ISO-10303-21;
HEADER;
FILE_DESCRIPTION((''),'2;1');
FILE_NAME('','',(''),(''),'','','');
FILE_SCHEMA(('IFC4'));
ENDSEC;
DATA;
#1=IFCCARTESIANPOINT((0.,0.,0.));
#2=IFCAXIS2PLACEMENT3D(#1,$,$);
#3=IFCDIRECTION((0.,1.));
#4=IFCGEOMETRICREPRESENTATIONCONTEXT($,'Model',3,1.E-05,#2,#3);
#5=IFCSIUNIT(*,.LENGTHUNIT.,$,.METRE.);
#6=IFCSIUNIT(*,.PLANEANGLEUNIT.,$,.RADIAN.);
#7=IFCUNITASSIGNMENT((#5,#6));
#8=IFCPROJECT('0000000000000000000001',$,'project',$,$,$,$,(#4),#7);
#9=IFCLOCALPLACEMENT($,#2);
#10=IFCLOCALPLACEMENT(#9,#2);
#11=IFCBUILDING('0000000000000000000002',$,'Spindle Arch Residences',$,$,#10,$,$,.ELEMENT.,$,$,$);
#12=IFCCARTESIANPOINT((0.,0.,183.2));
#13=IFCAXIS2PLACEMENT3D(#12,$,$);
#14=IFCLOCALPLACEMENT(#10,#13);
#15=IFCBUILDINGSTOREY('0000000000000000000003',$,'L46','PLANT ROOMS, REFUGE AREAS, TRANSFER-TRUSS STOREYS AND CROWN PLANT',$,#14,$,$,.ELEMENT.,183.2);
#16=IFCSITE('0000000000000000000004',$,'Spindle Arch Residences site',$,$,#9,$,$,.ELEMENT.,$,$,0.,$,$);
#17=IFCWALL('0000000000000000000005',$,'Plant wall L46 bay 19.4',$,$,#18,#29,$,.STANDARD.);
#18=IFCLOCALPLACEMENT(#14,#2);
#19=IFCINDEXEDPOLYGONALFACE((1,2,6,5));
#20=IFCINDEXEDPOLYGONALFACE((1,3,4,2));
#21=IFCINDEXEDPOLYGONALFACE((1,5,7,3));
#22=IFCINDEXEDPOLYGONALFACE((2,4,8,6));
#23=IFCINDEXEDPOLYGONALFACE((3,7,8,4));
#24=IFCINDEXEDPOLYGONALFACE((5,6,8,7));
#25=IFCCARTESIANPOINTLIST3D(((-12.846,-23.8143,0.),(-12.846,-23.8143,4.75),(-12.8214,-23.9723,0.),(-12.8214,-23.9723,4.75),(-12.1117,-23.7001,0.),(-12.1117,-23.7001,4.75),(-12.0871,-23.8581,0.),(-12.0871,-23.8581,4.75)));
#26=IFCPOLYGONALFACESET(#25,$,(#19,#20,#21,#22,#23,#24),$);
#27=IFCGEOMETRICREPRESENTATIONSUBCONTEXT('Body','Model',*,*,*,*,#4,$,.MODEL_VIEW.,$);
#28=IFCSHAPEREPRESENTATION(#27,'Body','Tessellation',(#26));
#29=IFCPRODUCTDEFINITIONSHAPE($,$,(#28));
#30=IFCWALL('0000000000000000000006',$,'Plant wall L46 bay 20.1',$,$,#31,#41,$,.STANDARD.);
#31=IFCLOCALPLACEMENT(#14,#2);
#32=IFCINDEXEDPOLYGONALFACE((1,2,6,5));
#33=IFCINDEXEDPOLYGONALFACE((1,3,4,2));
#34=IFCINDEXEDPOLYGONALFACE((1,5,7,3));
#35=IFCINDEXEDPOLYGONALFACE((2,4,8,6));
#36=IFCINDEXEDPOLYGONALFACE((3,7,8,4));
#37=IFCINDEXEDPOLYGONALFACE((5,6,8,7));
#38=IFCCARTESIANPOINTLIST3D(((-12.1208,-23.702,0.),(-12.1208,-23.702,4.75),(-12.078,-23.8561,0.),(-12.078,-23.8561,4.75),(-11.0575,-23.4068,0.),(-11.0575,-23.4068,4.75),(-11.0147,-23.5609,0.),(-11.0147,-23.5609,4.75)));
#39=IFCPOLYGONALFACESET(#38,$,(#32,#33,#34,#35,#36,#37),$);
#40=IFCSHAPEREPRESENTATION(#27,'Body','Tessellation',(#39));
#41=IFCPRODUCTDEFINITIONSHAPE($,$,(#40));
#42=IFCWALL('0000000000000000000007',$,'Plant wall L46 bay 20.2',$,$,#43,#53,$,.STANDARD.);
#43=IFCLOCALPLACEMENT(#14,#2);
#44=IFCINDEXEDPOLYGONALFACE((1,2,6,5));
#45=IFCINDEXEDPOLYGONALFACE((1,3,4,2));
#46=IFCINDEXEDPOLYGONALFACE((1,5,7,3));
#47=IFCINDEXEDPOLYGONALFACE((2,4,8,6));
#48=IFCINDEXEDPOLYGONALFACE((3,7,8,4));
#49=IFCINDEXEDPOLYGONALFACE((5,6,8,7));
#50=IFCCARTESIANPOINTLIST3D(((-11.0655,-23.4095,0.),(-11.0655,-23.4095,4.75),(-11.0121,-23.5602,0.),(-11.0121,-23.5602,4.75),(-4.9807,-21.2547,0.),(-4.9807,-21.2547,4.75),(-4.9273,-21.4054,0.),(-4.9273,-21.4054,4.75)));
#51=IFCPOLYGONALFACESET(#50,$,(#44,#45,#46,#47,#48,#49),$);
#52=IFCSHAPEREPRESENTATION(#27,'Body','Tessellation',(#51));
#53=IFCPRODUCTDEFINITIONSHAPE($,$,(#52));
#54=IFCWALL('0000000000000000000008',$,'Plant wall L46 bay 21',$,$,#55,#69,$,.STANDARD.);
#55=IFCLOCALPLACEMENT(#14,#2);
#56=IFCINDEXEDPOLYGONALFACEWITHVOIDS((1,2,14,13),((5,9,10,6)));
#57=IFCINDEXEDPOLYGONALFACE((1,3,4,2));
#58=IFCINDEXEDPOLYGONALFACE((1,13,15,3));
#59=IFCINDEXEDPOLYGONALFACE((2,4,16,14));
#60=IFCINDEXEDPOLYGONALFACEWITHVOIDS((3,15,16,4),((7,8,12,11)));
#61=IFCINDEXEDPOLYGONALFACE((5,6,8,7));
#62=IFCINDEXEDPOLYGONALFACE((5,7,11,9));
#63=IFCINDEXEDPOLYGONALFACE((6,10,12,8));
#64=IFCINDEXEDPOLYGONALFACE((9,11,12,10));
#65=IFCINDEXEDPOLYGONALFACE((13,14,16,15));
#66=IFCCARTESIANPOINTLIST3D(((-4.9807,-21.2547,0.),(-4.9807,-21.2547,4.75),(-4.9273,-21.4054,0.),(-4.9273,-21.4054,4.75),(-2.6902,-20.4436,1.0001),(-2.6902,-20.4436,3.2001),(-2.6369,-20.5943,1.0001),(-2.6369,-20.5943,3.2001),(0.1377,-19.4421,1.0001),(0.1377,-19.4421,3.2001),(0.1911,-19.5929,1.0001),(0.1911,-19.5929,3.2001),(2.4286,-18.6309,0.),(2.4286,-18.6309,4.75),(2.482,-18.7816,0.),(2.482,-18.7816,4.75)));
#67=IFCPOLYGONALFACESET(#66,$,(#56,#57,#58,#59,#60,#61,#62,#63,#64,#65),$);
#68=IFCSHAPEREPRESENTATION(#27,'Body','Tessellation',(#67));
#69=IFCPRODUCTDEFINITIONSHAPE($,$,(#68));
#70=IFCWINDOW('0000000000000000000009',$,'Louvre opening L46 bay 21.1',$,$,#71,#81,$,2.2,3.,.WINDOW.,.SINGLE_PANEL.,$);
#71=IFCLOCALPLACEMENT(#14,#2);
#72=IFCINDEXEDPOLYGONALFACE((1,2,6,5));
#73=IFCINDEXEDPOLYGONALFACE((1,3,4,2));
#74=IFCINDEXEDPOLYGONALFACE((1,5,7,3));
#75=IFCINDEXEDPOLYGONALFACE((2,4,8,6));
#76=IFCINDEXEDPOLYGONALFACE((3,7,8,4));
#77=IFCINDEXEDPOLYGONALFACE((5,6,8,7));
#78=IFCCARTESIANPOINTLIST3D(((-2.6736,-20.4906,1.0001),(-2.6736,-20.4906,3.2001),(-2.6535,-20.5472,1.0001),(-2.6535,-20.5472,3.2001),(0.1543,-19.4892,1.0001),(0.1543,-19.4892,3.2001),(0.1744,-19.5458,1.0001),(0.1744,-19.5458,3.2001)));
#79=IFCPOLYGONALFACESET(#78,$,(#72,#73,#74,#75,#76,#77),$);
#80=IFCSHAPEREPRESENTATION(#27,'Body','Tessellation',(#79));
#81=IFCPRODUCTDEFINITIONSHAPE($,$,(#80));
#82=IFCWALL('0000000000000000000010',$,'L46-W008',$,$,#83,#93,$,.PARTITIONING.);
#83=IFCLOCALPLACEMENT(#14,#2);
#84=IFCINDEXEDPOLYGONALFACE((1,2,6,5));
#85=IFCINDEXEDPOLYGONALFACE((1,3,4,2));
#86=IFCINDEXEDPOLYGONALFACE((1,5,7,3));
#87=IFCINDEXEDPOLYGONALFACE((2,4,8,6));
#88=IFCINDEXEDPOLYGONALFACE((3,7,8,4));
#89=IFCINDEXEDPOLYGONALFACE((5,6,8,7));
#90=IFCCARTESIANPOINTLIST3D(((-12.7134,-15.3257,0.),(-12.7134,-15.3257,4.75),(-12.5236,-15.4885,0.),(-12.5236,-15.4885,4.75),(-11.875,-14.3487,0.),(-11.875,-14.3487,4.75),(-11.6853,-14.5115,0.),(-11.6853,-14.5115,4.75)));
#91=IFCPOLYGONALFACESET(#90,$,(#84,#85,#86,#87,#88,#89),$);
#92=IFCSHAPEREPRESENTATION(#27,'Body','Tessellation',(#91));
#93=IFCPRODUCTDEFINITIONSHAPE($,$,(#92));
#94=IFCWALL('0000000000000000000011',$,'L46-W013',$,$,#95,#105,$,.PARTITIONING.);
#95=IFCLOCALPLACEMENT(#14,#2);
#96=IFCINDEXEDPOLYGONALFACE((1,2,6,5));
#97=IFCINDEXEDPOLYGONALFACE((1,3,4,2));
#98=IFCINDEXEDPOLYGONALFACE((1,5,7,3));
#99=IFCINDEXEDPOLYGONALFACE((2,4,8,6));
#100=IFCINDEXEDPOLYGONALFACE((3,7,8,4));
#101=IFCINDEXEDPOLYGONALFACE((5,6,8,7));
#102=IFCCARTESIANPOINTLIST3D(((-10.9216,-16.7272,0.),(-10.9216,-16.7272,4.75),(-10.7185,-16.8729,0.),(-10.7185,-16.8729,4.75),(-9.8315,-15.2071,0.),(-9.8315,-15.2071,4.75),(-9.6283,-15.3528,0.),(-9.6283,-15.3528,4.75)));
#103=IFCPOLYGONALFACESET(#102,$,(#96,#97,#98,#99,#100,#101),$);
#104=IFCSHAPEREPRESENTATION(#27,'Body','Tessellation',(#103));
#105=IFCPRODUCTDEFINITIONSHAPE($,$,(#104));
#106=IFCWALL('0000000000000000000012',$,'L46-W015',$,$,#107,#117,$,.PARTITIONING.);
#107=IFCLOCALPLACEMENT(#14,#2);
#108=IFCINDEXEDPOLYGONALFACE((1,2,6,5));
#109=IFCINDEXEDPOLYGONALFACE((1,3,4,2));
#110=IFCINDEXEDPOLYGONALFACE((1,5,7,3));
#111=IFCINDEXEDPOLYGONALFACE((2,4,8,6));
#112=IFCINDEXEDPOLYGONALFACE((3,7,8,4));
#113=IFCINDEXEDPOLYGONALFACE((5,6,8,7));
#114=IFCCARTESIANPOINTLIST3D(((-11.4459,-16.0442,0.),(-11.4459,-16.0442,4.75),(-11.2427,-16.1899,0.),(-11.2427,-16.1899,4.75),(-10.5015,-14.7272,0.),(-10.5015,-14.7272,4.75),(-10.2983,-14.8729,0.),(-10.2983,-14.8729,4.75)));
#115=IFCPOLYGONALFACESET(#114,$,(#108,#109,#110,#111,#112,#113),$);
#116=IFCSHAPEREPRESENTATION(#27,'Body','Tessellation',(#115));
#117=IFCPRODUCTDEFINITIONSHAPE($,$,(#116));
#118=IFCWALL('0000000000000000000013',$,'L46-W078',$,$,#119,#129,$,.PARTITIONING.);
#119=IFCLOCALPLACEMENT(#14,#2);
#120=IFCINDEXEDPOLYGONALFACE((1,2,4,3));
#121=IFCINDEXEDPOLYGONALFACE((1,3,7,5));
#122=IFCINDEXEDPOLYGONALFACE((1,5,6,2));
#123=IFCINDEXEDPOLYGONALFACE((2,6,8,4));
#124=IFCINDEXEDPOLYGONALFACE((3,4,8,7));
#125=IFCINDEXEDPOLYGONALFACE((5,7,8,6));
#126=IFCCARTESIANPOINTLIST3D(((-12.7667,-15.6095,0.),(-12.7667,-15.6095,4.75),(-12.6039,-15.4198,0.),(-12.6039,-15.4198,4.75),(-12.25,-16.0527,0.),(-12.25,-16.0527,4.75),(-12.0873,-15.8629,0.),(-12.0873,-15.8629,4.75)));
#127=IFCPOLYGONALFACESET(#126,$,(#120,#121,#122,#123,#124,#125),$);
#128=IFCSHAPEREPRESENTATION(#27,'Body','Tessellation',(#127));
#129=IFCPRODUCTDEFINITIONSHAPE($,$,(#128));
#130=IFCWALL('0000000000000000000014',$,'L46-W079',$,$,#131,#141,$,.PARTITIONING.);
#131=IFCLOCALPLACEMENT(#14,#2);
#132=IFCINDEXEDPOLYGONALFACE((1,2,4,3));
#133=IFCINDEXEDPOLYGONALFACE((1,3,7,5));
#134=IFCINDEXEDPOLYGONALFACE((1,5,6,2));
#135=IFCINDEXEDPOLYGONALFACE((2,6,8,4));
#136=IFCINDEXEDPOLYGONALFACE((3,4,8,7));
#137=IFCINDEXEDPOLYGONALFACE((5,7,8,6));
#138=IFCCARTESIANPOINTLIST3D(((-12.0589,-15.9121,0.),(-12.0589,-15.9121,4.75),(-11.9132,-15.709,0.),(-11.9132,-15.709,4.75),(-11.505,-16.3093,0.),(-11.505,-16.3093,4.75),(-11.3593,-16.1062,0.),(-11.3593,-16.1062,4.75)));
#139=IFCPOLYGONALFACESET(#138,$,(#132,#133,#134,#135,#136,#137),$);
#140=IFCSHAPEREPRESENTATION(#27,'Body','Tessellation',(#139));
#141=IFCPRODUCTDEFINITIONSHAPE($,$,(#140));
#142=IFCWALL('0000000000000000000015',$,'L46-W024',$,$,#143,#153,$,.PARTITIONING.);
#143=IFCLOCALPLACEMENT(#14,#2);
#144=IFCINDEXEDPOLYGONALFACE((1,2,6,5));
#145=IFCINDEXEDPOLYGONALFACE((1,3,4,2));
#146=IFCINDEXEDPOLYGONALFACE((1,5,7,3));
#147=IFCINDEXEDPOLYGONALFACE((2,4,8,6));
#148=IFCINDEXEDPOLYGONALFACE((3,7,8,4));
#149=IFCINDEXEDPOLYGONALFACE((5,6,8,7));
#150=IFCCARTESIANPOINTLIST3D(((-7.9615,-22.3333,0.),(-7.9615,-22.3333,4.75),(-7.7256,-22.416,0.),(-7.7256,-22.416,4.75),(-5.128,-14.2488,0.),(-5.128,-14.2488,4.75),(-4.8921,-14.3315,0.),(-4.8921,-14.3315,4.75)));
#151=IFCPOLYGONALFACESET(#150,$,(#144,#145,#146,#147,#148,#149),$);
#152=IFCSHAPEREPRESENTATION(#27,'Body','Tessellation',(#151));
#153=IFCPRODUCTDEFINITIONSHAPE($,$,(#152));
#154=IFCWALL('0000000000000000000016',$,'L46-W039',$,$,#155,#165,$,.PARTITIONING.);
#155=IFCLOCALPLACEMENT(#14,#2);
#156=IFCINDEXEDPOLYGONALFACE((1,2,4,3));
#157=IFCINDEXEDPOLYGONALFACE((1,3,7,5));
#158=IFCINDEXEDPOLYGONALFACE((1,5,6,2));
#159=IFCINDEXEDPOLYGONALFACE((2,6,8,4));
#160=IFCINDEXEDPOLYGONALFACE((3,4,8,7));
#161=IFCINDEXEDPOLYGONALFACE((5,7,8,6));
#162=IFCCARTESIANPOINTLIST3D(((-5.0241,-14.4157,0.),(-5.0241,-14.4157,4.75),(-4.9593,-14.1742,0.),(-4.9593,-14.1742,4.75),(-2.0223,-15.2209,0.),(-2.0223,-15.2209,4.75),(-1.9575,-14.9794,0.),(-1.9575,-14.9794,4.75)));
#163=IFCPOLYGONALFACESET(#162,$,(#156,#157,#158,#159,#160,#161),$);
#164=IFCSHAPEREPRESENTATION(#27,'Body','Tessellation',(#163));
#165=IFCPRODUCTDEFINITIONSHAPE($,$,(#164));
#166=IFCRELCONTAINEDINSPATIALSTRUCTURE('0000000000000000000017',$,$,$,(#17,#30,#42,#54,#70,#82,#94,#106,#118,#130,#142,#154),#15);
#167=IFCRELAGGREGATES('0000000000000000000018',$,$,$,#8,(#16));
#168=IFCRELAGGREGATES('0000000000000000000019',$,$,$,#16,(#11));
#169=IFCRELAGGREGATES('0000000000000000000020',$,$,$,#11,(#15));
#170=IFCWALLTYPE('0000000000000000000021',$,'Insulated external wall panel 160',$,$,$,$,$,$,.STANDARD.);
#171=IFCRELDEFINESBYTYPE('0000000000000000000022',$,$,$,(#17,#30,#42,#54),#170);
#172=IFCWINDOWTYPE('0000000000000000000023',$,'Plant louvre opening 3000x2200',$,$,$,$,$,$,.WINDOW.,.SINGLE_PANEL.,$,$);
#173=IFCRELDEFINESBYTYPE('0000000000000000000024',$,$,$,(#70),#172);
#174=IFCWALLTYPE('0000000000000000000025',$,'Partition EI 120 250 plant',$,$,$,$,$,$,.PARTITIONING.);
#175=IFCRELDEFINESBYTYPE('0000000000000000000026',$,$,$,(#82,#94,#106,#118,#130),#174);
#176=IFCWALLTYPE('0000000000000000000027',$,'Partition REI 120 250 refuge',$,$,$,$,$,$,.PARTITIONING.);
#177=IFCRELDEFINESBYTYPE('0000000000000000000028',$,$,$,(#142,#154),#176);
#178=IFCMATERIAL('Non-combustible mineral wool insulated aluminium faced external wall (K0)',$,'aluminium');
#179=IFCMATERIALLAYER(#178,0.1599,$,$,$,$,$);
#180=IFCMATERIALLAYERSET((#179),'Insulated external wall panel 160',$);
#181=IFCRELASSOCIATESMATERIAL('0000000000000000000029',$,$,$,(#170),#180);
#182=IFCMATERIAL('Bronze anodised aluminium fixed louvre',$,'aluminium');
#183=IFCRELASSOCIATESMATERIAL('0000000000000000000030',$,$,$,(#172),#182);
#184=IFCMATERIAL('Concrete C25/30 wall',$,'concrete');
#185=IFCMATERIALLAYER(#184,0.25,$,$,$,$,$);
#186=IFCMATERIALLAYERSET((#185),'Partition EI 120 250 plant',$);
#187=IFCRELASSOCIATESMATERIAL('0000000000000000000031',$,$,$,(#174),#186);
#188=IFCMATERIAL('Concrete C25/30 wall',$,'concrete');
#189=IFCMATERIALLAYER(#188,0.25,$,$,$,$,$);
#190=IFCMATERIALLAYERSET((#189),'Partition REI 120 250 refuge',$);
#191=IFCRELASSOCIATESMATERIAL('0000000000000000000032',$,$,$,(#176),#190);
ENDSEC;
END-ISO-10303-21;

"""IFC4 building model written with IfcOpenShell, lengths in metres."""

from ifc_helpers import new_model, si_unit, direction, frame, frame_2d, origin, place, context, subcontext, project, spatial, rectangle, extrude, material, layer, layer_set, type_object, element, fill, save


model = new_model("IFC4")

# Units and contexts
model_context = context("Model", 3, precision=1e-05, world=origin(), true_north=direction((0.0, 1.0)))
body_context = subcontext(model_context, "Body", "Model", "MODEL_VIEW")
ifc_project = project(units=[si_unit("LENGTHUNIT", "METRE"), si_unit("PLANEANGLEUNIT", "RADIAN")], contexts=[model_context])

# Site, building, storey
site_placement = place(None, origin())
site = spatial("IfcSite", under=ifc_project, at=site_placement, Name="Spindle Arch Residences site", CompositionType="ELEMENT", RefElevation=0.0)
building_placement = place(site_placement, origin())
building = spatial("IfcBuilding", under=site, at=building_placement, Name="Spindle Arch Residences", CompositionType="ELEMENT")
storey_placement = place(building_placement, frame((0.0, 0.0, 183.2)))
storey = spatial("IfcBuildingStorey", under=building, at=storey_placement, Name="L46", Description="PLANT ROOMS, REFUGE AREAS, TRANSFER-TRUSS STOREYS AND CROWN PLANT", CompositionType="ELEMENT", Elevation=183.2)

# Walls
ifc_material_1 = material(Name="Non-combustible mineral wool insulated aluminium faced external wall (K0)", Category="aluminium")
ifc_layer_1 = layer(ifc_material_1, 0.1599)
ifc_layer_set_1 = layer_set([ifc_layer_1], Name="Insulated external wall panel 160")
wall_type_1 = type_object("IfcWallType", Name="Insulated external wall panel 160", PredefinedType="STANDARD", material=ifc_layer_set_1)
wall_1_placement = place(storey_placement, frame((-12.8337, -23.8933, 0.0), z_axis=(0.0, 0.0, 1.0), x_axis=(0.988112, 0.153736, 0.0)))
element("IfcWall", 1, at=wall_1_placement, inside=storey, type_object=wall_type_1, Name="Plant wall L46 bay 19.4", PredefinedType="STANDARD", context=body_context, shape_type="SweptSolid", body=[
    extrude(rectangle(XDim=0.7432, YDim=0.1599, at=frame_2d((0.3716, 0.0))), origin(), (0.0, 0.0, 1.0), 4.75),
])
wall_2_placement = place(storey_placement, frame((-12.0994, -23.7791, 0.0), z_axis=(0.0, 0.0, 1.0), x_axis=(0.963559, 0.267496, 0.0)))
element("IfcWall", 2, at=wall_2_placement, inside=storey, type_object=wall_type_1, Name="Plant wall L46 bay 20.1", PredefinedType="STANDARD", context=body_context, shape_type="SweptSolid", body=[
    extrude(rectangle(XDim=1.1035, YDim=0.1599, at=frame_2d((0.5518, 0.0))), origin(), (0.0, 0.0, 1.0), 4.75),
])
wall_3_placement = place(storey_placement, frame((-11.0388, -23.4849, 0.0), z_axis=(0.0, 0.0, 1.0), x_axis=(0.942638, 0.333817, 0.0)))
element("IfcWall", 3, at=wall_3_placement, inside=storey, type_object=wall_type_1, Name="Plant wall L46 bay 20.2", PredefinedType="STANDARD", context=body_context, shape_type="SweptSolid", body=[
    extrude(rectangle(XDim=6.4551, YDim=0.1599, at=frame_2d((3.2275, 0.0))), origin(), (0.0, 0.0, 1.0), 4.75),
])

# Wall, opening, window
wall_4_placement = place(storey_placement, frame((-4.9541, -21.3301, 0.0), z_axis=(0.0, 0.0, 1.0), x_axis=(0.942639, 0.333813, 0.0)))
wall_4 = element("IfcWall", 4, at=wall_4_placement, inside=storey, type_object=wall_type_1, Name="Plant wall L46 bay 21", PredefinedType="STANDARD", context=body_context, shape_type="SweptSolid", body=[
    extrude(rectangle(XDim=7.8601, YDim=0.1599, at=frame_2d((3.9302, 0.0))), origin(), (0.0, 0.0, 1.0), 4.75),
])
opening_placement = place(wall_4_placement, frame((2.4299, 0.0, 1.0)))
opening = element("IfcOpeningElement", 5, at=opening_placement, cuts=wall_4, PredefinedType="OPENING", context=body_context, shape_type="SweptSolid", body=[
    extrude(rectangle(XDim=3.0, YDim=2.2, at=frame_2d((1.5, 1.1001))), frame((0.0, 0.0898, 0.0), z_axis=(0.0, -1.0, 0.0), x_axis=(1.0, 0.0, 0.0)), (0.0, 0.0, 1.0), 0.1799),
])
ifc_material_2 = material(Name="Bronze anodised aluminium fixed louvre", Category="aluminium")
window_type = type_object("IfcWindowType", Name="Plant louvre opening 3000x2200", PartitioningType="SINGLE_PANEL", PredefinedType="WINDOW", material=ifc_material_2)
window_placement = place(opening_placement, origin())
window = element("IfcWindow", 6, at=window_placement, inside=storey, type_object=window_type, Name="Louvre opening L46 bay 21.1", OverallHeight=2.2, OverallWidth=3.0, PartitioningType="SINGLE_PANEL", PredefinedType="WINDOW", context=body_context, shape_type="SweptSolid", body=[
    extrude(rectangle(XDim=3.0, YDim=2.2, at=frame_2d((1.5, 1.1001))), frame((0.0, 0.03, 0.0), z_axis=(0.0, -1.0, 0.0), x_axis=(1.0, 0.0, 0.0)), (0.0, 0.0, 1.0), 0.0601),
])
fill(opening, window)

# Walls
ifc_material_3 = material(Name="Concrete C25/30 wall", Category="concrete")
ifc_layer_2 = layer(ifc_material_3, 0.25)
ifc_layer_set_2 = layer_set([ifc_layer_2], Name="Partition EI 120 250 plant")
wall_type_2 = type_object("IfcWallType", Name="Partition EI 120 250 plant", PredefinedType="PARTITIONING", material=ifc_layer_set_2)
wall_5_placement = place(storey_placement, frame((-12.6184, -15.407, 0.0), z_axis=(0.0, 0.0, 1.0), x_axis=(0.651197, 0.758908, 0.0)))
element("IfcWall", 7, at=wall_5_placement, inside=storey, type_object=wall_type_2, Name="L46-W008", PredefinedType="PARTITIONING", context=body_context, shape_type="SweptSolid", body=[
    extrude(rectangle(XDim=1.2874, YDim=0.25, at=frame_2d((0.6436, 0.0))), origin(), (0.0, 0.0, 1.0), 4.75),
])
wall_6_placement = place(storey_placement, frame((-10.8201, -16.8, 0.0), z_axis=(0.0, 0.0, 1.0), x_axis=(0.58278, 0.81263, 0.0)))
element("IfcWall", 8, at=wall_6_placement, inside=storey, type_object=wall_type_2, Name="L46-W013", PredefinedType="PARTITIONING", context=body_context, shape_type="SweptSolid", body=[
    extrude(rectangle(XDim=1.8706, YDim=0.25, at=frame_2d((0.9353, 0.0))), origin(), (0.0, 0.0, 1.0), 4.75),
])
wall_7_placement = place(storey_placement, frame((-10.3999, -14.8, 0.0), z_axis=(0.0, 0.0, 1.0), x_axis=(-0.582748, -0.812653, 0.0)))
element("IfcWall", 9, at=wall_7_placement, inside=storey, type_object=wall_type_2, Name="L46-W015", PredefinedType="PARTITIONING", context=body_context, shape_type="SweptSolid", body=[
    extrude(rectangle(XDim=1.6206, YDim=0.25, at=frame_2d((0.8103, 0.0))), origin(), (0.0, 0.0, 1.0), 4.75),
])
wall_8_placement = place(storey_placement, frame((-12.6853, -15.5146, 0.0), z_axis=(0.0, 0.0, 1.0), x_axis=(0.759029, -0.651057, 0.0)))
element("IfcWall", 10, at=wall_8_placement, inside=storey, type_object=wall_type_2, Name="L46-W078", PredefinedType="PARTITIONING", context=body_context, shape_type="SweptSolid", body=[
    extrude(rectangle(XDim=0.6807, YDim=0.25, at=frame_2d((0.3403, 0.0))), origin(), (0.0, 0.0, 1.0), 4.75),
])
wall_9_placement = place(storey_placement, frame((-11.9861, -15.8105, 0.0), z_axis=(0.0, 0.0, 1.0), x_axis=(0.812667, -0.582728, 0.0)))
element("IfcWall", 11, at=wall_9_placement, inside=storey, type_object=wall_type_2, Name="L46-W079", PredefinedType="PARTITIONING", context=body_context, shape_type="SweptSolid", body=[
    extrude(rectangle(XDim=0.6816, YDim=0.25, at=frame_2d((0.3408, 0.0))), origin(), (0.0, 0.0, 1.0), 4.75),
])
ifc_material_4 = material(Name="Concrete C25/30 wall", Category="concrete")
ifc_layer_3 = layer(ifc_material_4, 0.25)
ifc_layer_set_3 = layer_set([ifc_layer_3], Name="Partition REI 120 250 refuge")
wall_type_3 = type_object("IfcWallType", Name="Partition REI 120 250 refuge", PredefinedType="PARTITIONING", material=ifc_layer_set_3)
wall_10_placement = place(storey_placement, frame((-7.8435, -22.3745, 0.0), z_axis=(0.0, 0.0, 1.0), x_axis=(0.330759, 0.943715, 0.0)))
element("IfcWall", 12, at=wall_10_placement, inside=storey, type_object=wall_type_3, Name="L46-W024", PredefinedType="PARTITIONING", context=body_context, shape_type="SweptSolid", body=[
    extrude(rectangle(XDim=8.5667, YDim=0.25, at=frame_2d((4.2832, 0.0))), origin(), (0.0, 0.0, 1.0), 4.75),
])
wall_11_placement = place(storey_placement, frame((-4.9917, -14.2949, 0.0), z_axis=(0.0, 0.0, 1.0), x_axis=(0.965856, -0.25908, 0.0)))
element("IfcWall", 13, at=wall_11_placement, inside=storey, type_object=wall_type_3, Name="L46-W039", PredefinedType="PARTITIONING", context=body_context, shape_type="SweptSolid", body=[
    extrude(rectangle(XDim=3.1079, YDim=0.25, at=frame_2d((1.554, 0.0))), origin(), (0.0, 0.0, 1.0), 4.75),
])

save(model, "model.ifc")
